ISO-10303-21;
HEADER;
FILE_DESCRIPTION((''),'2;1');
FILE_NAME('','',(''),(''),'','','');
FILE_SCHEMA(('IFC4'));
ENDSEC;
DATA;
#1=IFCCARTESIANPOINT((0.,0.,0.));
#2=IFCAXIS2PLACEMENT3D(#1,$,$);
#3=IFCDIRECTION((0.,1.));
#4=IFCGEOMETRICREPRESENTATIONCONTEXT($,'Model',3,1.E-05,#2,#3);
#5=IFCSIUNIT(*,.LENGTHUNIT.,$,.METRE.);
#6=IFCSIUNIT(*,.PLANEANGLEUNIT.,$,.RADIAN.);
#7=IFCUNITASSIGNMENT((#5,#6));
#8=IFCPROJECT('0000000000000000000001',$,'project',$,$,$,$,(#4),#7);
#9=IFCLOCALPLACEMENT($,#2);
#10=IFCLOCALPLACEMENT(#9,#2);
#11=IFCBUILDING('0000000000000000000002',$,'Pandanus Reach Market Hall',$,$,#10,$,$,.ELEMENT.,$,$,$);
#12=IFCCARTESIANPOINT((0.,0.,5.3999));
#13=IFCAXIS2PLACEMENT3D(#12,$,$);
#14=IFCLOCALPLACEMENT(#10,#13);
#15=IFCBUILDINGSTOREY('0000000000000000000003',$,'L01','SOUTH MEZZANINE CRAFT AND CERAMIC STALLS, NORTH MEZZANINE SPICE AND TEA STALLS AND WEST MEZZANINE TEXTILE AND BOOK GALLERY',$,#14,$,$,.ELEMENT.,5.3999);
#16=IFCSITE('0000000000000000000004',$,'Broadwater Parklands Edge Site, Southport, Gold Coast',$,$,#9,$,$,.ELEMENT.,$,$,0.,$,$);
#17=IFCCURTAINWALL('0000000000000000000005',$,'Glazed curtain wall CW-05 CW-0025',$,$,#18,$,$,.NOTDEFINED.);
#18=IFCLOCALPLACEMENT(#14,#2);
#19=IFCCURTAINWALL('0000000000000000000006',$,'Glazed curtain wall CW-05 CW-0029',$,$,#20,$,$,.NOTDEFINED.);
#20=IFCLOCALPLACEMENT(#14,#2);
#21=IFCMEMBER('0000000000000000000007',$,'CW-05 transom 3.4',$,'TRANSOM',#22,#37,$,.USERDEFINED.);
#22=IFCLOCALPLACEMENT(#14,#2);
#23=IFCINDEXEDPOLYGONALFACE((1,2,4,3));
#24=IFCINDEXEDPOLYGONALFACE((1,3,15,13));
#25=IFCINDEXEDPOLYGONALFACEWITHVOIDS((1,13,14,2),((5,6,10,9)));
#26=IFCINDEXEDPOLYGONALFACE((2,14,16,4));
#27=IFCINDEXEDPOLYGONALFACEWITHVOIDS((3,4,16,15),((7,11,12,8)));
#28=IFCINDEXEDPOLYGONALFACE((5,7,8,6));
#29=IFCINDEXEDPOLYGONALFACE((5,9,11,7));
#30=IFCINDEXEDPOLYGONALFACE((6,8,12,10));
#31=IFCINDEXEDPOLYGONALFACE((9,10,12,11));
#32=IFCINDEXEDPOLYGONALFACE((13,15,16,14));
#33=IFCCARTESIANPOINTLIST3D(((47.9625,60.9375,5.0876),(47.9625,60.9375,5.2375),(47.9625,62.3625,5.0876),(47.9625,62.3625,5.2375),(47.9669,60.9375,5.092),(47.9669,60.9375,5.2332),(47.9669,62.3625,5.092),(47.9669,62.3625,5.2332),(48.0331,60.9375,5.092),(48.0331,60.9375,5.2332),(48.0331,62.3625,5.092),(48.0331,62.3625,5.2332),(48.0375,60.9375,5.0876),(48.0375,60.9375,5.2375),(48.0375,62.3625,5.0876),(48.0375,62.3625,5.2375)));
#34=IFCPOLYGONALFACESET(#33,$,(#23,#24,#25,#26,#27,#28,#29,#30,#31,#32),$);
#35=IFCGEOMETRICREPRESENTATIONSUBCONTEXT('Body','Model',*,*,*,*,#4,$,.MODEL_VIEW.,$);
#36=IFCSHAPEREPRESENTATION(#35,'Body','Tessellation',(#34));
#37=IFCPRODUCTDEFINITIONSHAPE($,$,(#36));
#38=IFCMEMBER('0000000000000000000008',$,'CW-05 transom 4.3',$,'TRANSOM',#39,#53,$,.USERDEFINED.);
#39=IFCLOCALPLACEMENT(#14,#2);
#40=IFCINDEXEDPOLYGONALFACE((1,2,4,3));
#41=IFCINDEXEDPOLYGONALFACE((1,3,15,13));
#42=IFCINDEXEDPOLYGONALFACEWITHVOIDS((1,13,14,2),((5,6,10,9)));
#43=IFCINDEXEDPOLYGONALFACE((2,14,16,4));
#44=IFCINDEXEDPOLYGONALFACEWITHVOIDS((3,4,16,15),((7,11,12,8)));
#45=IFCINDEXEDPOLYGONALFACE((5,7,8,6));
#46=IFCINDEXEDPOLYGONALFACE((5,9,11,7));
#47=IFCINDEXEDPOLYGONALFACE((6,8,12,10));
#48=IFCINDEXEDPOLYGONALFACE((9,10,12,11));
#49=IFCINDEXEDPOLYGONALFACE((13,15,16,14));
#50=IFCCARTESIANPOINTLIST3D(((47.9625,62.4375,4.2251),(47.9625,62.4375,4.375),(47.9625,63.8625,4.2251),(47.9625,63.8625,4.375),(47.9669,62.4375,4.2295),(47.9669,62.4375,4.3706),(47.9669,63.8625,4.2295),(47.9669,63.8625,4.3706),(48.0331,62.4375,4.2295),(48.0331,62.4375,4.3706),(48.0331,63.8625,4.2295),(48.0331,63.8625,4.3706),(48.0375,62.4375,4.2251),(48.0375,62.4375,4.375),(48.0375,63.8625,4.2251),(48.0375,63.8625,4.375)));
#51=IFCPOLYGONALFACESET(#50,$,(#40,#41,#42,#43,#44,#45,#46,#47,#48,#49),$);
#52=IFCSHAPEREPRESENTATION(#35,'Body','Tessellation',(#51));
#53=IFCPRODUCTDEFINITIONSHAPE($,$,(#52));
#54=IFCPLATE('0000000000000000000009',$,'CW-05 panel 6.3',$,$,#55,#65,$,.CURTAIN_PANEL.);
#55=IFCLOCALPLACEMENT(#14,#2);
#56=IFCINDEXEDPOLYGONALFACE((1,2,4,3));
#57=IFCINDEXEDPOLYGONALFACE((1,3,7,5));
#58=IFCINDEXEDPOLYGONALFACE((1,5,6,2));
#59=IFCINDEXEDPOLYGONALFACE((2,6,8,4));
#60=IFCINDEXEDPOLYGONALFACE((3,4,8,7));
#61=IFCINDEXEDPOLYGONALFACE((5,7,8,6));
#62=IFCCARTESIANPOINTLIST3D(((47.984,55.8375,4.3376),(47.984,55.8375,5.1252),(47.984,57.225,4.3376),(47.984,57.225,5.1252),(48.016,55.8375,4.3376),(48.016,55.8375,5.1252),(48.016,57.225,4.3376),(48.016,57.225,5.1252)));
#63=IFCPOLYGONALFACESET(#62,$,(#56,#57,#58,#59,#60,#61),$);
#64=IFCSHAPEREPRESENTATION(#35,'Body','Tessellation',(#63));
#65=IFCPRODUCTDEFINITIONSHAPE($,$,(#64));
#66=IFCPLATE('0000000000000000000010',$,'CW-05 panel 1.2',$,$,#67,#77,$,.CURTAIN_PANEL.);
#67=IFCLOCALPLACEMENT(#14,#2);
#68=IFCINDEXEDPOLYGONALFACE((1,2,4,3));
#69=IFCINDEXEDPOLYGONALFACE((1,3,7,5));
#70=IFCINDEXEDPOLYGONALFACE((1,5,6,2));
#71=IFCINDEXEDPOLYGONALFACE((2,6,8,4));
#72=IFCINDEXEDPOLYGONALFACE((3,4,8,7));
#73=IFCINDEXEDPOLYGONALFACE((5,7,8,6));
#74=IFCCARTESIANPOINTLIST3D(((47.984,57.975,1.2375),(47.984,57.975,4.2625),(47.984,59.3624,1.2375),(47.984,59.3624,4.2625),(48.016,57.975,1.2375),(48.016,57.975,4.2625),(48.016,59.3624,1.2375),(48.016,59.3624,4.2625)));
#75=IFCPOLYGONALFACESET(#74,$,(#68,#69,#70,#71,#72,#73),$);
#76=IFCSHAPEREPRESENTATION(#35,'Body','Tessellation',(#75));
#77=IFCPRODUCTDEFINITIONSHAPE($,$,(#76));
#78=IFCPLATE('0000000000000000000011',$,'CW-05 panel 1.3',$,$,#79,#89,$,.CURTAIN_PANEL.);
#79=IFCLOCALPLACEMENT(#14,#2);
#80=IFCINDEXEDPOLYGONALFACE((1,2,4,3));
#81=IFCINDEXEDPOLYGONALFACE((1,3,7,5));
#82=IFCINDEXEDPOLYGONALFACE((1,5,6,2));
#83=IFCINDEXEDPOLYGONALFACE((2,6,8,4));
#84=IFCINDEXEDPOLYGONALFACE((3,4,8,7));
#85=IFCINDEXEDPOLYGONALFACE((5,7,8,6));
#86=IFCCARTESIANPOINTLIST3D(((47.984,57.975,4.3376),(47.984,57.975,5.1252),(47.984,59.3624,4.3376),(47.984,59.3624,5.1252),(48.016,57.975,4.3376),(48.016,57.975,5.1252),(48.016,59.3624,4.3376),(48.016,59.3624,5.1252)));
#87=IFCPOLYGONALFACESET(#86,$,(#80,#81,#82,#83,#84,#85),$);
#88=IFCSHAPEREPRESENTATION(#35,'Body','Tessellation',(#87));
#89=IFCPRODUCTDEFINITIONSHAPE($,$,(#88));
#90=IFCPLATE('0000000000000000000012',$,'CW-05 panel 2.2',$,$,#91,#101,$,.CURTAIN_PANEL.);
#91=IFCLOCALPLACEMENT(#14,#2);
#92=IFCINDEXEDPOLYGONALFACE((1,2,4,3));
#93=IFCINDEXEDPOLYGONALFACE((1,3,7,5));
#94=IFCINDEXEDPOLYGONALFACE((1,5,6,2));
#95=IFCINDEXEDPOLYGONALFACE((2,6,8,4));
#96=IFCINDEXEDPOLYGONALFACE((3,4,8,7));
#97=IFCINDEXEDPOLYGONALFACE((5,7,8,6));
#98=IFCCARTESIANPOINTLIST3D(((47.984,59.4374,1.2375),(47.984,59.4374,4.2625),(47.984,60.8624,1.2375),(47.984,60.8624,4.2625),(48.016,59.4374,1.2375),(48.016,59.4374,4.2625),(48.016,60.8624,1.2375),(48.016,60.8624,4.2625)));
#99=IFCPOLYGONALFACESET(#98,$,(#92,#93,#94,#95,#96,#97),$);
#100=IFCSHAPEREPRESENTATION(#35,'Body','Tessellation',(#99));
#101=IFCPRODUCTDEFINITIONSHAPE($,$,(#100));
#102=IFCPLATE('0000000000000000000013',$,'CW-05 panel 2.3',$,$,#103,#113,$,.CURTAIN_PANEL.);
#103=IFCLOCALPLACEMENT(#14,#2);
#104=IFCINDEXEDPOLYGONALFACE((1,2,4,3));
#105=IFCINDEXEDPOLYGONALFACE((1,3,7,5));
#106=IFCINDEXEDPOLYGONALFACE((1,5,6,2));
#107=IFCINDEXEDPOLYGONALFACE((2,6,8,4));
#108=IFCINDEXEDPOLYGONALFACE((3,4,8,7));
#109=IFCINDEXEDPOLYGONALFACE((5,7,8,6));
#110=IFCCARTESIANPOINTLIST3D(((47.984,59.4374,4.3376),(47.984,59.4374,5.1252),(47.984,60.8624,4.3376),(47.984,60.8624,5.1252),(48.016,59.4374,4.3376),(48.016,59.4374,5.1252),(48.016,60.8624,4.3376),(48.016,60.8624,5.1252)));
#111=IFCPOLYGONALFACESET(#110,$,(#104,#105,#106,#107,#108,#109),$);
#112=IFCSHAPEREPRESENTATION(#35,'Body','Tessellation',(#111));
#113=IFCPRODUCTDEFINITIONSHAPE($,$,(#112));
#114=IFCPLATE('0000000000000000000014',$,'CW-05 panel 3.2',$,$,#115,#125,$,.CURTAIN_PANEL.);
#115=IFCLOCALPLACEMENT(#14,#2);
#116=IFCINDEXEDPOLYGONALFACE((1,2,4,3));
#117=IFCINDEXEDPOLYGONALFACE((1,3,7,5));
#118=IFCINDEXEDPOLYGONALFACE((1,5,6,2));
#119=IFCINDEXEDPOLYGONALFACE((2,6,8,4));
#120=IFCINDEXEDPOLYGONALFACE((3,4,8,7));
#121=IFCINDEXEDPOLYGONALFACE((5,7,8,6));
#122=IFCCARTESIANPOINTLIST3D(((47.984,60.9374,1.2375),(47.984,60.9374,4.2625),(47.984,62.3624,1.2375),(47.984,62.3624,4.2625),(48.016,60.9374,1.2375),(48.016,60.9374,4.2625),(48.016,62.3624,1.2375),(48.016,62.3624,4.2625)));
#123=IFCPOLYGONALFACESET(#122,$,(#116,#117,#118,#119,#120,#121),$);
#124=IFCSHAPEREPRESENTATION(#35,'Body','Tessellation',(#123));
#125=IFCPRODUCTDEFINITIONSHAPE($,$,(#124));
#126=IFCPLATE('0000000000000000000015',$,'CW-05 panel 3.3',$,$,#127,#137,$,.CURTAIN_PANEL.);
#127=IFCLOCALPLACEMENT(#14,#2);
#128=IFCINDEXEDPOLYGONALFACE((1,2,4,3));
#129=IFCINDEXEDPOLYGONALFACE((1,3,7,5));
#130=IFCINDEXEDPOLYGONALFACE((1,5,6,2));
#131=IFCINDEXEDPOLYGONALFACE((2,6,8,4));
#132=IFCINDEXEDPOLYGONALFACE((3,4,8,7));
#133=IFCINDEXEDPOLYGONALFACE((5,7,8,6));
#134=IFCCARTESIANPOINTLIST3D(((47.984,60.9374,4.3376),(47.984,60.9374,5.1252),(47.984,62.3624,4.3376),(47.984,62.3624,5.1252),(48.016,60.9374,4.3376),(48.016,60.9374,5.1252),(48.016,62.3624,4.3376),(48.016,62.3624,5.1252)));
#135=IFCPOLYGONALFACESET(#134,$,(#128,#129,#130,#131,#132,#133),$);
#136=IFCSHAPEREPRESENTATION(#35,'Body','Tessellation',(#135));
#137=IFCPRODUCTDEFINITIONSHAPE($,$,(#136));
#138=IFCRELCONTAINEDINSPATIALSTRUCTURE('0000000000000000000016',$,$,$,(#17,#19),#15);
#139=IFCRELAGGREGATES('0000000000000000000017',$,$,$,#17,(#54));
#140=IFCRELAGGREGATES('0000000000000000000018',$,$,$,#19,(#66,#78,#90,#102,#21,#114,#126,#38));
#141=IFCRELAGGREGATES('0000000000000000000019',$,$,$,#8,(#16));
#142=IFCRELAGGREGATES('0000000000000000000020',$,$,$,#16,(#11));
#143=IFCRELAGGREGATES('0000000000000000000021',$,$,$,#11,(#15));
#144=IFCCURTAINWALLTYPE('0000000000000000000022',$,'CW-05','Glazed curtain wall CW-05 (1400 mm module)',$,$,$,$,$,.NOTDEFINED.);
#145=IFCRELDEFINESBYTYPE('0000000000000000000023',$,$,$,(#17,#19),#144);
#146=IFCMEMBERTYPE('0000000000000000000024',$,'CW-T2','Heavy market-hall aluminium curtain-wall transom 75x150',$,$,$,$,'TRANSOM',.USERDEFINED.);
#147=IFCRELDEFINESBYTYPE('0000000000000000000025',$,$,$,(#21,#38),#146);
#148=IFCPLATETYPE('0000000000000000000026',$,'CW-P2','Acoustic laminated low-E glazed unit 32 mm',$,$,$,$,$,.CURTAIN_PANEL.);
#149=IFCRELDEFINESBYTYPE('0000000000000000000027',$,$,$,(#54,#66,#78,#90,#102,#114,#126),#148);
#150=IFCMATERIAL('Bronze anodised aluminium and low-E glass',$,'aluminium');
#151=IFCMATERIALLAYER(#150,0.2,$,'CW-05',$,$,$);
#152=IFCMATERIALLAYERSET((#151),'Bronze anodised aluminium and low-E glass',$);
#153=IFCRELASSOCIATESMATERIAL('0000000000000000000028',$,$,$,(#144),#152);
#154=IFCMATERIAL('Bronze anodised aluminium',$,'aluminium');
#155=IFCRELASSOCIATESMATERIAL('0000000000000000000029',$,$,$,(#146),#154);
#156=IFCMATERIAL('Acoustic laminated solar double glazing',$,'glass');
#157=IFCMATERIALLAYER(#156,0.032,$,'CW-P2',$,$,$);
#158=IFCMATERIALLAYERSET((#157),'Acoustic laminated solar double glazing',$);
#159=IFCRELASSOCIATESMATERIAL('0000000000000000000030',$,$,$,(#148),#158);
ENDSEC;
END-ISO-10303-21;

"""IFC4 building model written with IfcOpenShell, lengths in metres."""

from ifc_helpers import new_model, si_unit, direction, frame, origin, origin_2d, place, context, subcontext, project, spatial, rectangle, hollow_rectangle, extrude, material, layer, layer_set, material_profile, profile_set, type_object, element, aggregate, save


model = new_model("IFC4")

# Units and contexts
model_context = context("Model", 3, precision=1e-05, world=origin(), true_north=direction((0.0, 1.0)))
body_context = subcontext(model_context, "Body", "Model", "MODEL_VIEW")
ifc_project = project(units=[si_unit("LENGTHUNIT", "METRE"), si_unit("PLANEANGLEUNIT", "RADIAN")], contexts=[model_context])

# Site, building, storey
site_placement = place(None, origin())
site = spatial("IfcSite", under=ifc_project, at=site_placement, Name="Broadwater Parklands Edge Site, Southport, Gold Coast", CompositionType="ELEMENT", RefElevation=0.0)
building_placement = place(site_placement, origin())
building = spatial("IfcBuilding", under=site, at=building_placement, Name="Pandanus Reach Market Hall", CompositionType="ELEMENT")
storey_placement = place(building_placement, frame((0.0, 0.0, 5.3999)))
storey = spatial("IfcBuildingStorey", under=building, at=storey_placement, Name="L01", Description="SOUTH MEZZANINE CRAFT AND CERAMIC STALLS, NORTH MEZZANINE SPICE AND TEA STALLS AND WEST MEZZANINE TEXTILE AND BOOK GALLERY", CompositionType="ELEMENT", Elevation=5.3999)

# Curtain walls, members
ifc_material_1 = material(Name="Bronze anodised aluminium and low-E glass", Category="aluminium")
ifc_layer_1 = layer(ifc_material_1, 0.2, Name="CW-05")
ifc_layer_set_1 = layer_set([ifc_layer_1], Name="Bronze anodised aluminium and low-E glass")
curtain_wall_type = type_object("IfcCurtainWallType", Name="CW-05", Description="Glazed curtain wall CW-05 (1400 mm module)", PredefinedType="NOTDEFINED", material=ifc_layer_set_1)
curtain_wall_1_placement = place(storey_placement, origin())
curtain_wall_1 = element("IfcCurtainWall", 1, at=curtain_wall_1_placement, inside=storey, type_object=curtain_wall_type, Name="Glazed curtain wall CW-05 CW-0025", PredefinedType="NOTDEFINED")
ifc_material_2 = material(Name="Bronze anodised aluminium", Category="aluminium")
ifc_material_profile_1 = material_profile(ifc_material_2, hollow_rectangle(XDim=0.075, YDim=0.1499, WallThickness=0.0044, at=origin_2d()), Name="ALU75x150", Category="LoadBearing")
ifc_profile_set_1 = profile_set([ifc_material_profile_1], Name="Bronze anodised aluminium")
member_type_1 = type_object("IfcMemberType", Name="CW-T2", Description="Heavy market-hall aluminium curtain-wall transom 75x150", ElementType="TRANSOM", PredefinedType="USERDEFINED", material=ifc_profile_set_1)
curtain_wall_2_placement = place(storey_placement, origin())
curtain_wall_2 = element("IfcCurtainWall", 2, at=curtain_wall_2_placement, inside=storey, type_object=curtain_wall_type, Name="Glazed curtain wall CW-05 CW-0029", PredefinedType="NOTDEFINED")
member_1_placement = place(storey_placement, frame((48.0, 60.9375, 5.1626), z_axis=(0.0, 1.0, 0.0), x_axis=(-1.0, 0.0, 0.0)))
member_1 = element("IfcMember", 3, at=member_1_placement, type_object=member_type_1, Name="CW-05 transom 3.4", ObjectType="TRANSOM", PredefinedType="USERDEFINED", context=body_context, shape_type="SweptSolid", body=[
    extrude(hollow_rectangle(XDim=0.075, YDim=0.1499, WallThickness=0.0044, at=origin_2d()), origin(), (0.0, 0.0, 1.0), 1.425),
])
member_2_placement = place(storey_placement, frame((48.0, 62.4375, 4.3), z_axis=(0.0, 1.0, 0.0), x_axis=(-1.0, 0.0, 0.0)))
member_2 = element("IfcMember", 4, at=member_2_placement, type_object=member_type_1, Name="CW-05 transom 4.3", ObjectType="TRANSOM", PredefinedType="USERDEFINED", context=body_context, shape_type="SweptSolid", body=[
    extrude(hollow_rectangle(XDim=0.075, YDim=0.1499, WallThickness=0.0044, at=origin_2d()), origin(), (0.0, 0.0, 1.0), 1.425),
])

# Plates
ifc_material_3 = material(Name="Acoustic laminated solar double glazing", Category="glass")
ifc_layer_2 = layer(ifc_material_3, 0.032, Name="CW-P2")
ifc_layer_set_2 = layer_set([ifc_layer_2], Name="Acoustic laminated solar double glazing")
plate_type = type_object("IfcPlateType", Name="CW-P2", Description="Acoustic laminated low-E glazed unit 32 mm", PredefinedType="CURTAIN_PANEL", material=ifc_layer_set_2)
plate_1_placement = place(storey_placement, frame((48.0, 56.5312, 4.3376), z_axis=(0.0, 0.0, 1.0), x_axis=(0.0, 1.0, 0.0)))
plate_1 = element("IfcPlate", 5, at=plate_1_placement, type_object=plate_type, Name="CW-05 panel 6.3", PredefinedType="CURTAIN_PANEL", context=body_context, shape_type="SweptSolid", body=[
    extrude(rectangle(XDim=1.3875, YDim=0.032, at=origin_2d()), origin(), (0.0, 0.0, 1.0), 0.7876),
])
aggregate(curtain_wall_1, [plate_1])
plate_2_placement = place(storey_placement, frame((48.0, 58.6687, 1.2375), z_axis=(0.0, 0.0, 1.0), x_axis=(0.0, 1.0, 0.0)))
plate_2 = element("IfcPlate", 6, at=plate_2_placement, type_object=plate_type, Name="CW-05 panel 1.2", PredefinedType="CURTAIN_PANEL", context=body_context, shape_type="SweptSolid", body=[
    extrude(rectangle(XDim=1.3875, YDim=0.032, at=origin_2d()), origin(), (0.0, 0.0, 1.0), 3.0249),
])
plate_3_placement = place(storey_placement, frame((48.0, 58.6687, 4.3376), z_axis=(0.0, 0.0, 1.0), x_axis=(0.0, 1.0, 0.0)))
plate_3 = element("IfcPlate", 7, at=plate_3_placement, type_object=plate_type, Name="CW-05 panel 1.3", PredefinedType="CURTAIN_PANEL", context=body_context, shape_type="SweptSolid", body=[
    extrude(rectangle(XDim=1.3875, YDim=0.032, at=origin_2d()), origin(), (0.0, 0.0, 1.0), 0.7876),
])
plate_4_placement = place(storey_placement, frame((48.0, 60.1499, 1.2375), z_axis=(0.0, 0.0, 1.0), x_axis=(0.0, 1.0, 0.0)))
plate_4 = element("IfcPlate", 8, at=plate_4_placement, type_object=plate_type, Name="CW-05 panel 2.2", PredefinedType="CURTAIN_PANEL", context=body_context, shape_type="SweptSolid", body=[
    extrude(rectangle(XDim=1.425, YDim=0.032, at=origin_2d()), origin(), (0.0, 0.0, 1.0), 3.0249),
])
plate_5_placement = place(storey_placement, frame((48.0, 60.1499, 4.3376), z_axis=(0.0, 0.0, 1.0), x_axis=(0.0, 1.0, 0.0)))
plate_5 = element("IfcPlate", 9, at=plate_5_placement, type_object=plate_type, Name="CW-05 panel 2.3", PredefinedType="CURTAIN_PANEL", context=body_context, shape_type="SweptSolid", body=[
    extrude(rectangle(XDim=1.425, YDim=0.032, at=origin_2d()), origin(), (0.0, 0.0, 1.0), 0.7876),
])
plate_6_placement = place(storey_placement, frame((48.0, 61.6499, 1.2375), z_axis=(0.0, 0.0, 1.0), x_axis=(0.0, 1.0, 0.0)))
plate_6 = element("IfcPlate", 10, at=plate_6_placement, type_object=plate_type, Name="CW-05 panel 3.2", PredefinedType="CURTAIN_PANEL", context=body_context, shape_type="SweptSolid", body=[
    extrude(rectangle(XDim=1.425, YDim=0.032, at=origin_2d()), origin(), (0.0, 0.0, 1.0), 3.0249),
])
plate_7_placement = place(storey_placement, frame((48.0, 61.6499, 4.3376), z_axis=(0.0, 0.0, 1.0), x_axis=(0.0, 1.0, 0.0)))
plate_7 = element("IfcPlate", 11, at=plate_7_placement, type_object=plate_type, Name="CW-05 panel 3.3", PredefinedType="CURTAIN_PANEL", context=body_context, shape_type="SweptSolid", body=[
    extrude(rectangle(XDim=1.425, YDim=0.032, at=origin_2d()), origin(), (0.0, 0.0, 1.0), 0.7876),
])
aggregate(curtain_wall_2, [plate_2, plate_3, plate_4, plate_5, member_1, plate_6, plate_7, member_2])

save(model, "model.ifc")
